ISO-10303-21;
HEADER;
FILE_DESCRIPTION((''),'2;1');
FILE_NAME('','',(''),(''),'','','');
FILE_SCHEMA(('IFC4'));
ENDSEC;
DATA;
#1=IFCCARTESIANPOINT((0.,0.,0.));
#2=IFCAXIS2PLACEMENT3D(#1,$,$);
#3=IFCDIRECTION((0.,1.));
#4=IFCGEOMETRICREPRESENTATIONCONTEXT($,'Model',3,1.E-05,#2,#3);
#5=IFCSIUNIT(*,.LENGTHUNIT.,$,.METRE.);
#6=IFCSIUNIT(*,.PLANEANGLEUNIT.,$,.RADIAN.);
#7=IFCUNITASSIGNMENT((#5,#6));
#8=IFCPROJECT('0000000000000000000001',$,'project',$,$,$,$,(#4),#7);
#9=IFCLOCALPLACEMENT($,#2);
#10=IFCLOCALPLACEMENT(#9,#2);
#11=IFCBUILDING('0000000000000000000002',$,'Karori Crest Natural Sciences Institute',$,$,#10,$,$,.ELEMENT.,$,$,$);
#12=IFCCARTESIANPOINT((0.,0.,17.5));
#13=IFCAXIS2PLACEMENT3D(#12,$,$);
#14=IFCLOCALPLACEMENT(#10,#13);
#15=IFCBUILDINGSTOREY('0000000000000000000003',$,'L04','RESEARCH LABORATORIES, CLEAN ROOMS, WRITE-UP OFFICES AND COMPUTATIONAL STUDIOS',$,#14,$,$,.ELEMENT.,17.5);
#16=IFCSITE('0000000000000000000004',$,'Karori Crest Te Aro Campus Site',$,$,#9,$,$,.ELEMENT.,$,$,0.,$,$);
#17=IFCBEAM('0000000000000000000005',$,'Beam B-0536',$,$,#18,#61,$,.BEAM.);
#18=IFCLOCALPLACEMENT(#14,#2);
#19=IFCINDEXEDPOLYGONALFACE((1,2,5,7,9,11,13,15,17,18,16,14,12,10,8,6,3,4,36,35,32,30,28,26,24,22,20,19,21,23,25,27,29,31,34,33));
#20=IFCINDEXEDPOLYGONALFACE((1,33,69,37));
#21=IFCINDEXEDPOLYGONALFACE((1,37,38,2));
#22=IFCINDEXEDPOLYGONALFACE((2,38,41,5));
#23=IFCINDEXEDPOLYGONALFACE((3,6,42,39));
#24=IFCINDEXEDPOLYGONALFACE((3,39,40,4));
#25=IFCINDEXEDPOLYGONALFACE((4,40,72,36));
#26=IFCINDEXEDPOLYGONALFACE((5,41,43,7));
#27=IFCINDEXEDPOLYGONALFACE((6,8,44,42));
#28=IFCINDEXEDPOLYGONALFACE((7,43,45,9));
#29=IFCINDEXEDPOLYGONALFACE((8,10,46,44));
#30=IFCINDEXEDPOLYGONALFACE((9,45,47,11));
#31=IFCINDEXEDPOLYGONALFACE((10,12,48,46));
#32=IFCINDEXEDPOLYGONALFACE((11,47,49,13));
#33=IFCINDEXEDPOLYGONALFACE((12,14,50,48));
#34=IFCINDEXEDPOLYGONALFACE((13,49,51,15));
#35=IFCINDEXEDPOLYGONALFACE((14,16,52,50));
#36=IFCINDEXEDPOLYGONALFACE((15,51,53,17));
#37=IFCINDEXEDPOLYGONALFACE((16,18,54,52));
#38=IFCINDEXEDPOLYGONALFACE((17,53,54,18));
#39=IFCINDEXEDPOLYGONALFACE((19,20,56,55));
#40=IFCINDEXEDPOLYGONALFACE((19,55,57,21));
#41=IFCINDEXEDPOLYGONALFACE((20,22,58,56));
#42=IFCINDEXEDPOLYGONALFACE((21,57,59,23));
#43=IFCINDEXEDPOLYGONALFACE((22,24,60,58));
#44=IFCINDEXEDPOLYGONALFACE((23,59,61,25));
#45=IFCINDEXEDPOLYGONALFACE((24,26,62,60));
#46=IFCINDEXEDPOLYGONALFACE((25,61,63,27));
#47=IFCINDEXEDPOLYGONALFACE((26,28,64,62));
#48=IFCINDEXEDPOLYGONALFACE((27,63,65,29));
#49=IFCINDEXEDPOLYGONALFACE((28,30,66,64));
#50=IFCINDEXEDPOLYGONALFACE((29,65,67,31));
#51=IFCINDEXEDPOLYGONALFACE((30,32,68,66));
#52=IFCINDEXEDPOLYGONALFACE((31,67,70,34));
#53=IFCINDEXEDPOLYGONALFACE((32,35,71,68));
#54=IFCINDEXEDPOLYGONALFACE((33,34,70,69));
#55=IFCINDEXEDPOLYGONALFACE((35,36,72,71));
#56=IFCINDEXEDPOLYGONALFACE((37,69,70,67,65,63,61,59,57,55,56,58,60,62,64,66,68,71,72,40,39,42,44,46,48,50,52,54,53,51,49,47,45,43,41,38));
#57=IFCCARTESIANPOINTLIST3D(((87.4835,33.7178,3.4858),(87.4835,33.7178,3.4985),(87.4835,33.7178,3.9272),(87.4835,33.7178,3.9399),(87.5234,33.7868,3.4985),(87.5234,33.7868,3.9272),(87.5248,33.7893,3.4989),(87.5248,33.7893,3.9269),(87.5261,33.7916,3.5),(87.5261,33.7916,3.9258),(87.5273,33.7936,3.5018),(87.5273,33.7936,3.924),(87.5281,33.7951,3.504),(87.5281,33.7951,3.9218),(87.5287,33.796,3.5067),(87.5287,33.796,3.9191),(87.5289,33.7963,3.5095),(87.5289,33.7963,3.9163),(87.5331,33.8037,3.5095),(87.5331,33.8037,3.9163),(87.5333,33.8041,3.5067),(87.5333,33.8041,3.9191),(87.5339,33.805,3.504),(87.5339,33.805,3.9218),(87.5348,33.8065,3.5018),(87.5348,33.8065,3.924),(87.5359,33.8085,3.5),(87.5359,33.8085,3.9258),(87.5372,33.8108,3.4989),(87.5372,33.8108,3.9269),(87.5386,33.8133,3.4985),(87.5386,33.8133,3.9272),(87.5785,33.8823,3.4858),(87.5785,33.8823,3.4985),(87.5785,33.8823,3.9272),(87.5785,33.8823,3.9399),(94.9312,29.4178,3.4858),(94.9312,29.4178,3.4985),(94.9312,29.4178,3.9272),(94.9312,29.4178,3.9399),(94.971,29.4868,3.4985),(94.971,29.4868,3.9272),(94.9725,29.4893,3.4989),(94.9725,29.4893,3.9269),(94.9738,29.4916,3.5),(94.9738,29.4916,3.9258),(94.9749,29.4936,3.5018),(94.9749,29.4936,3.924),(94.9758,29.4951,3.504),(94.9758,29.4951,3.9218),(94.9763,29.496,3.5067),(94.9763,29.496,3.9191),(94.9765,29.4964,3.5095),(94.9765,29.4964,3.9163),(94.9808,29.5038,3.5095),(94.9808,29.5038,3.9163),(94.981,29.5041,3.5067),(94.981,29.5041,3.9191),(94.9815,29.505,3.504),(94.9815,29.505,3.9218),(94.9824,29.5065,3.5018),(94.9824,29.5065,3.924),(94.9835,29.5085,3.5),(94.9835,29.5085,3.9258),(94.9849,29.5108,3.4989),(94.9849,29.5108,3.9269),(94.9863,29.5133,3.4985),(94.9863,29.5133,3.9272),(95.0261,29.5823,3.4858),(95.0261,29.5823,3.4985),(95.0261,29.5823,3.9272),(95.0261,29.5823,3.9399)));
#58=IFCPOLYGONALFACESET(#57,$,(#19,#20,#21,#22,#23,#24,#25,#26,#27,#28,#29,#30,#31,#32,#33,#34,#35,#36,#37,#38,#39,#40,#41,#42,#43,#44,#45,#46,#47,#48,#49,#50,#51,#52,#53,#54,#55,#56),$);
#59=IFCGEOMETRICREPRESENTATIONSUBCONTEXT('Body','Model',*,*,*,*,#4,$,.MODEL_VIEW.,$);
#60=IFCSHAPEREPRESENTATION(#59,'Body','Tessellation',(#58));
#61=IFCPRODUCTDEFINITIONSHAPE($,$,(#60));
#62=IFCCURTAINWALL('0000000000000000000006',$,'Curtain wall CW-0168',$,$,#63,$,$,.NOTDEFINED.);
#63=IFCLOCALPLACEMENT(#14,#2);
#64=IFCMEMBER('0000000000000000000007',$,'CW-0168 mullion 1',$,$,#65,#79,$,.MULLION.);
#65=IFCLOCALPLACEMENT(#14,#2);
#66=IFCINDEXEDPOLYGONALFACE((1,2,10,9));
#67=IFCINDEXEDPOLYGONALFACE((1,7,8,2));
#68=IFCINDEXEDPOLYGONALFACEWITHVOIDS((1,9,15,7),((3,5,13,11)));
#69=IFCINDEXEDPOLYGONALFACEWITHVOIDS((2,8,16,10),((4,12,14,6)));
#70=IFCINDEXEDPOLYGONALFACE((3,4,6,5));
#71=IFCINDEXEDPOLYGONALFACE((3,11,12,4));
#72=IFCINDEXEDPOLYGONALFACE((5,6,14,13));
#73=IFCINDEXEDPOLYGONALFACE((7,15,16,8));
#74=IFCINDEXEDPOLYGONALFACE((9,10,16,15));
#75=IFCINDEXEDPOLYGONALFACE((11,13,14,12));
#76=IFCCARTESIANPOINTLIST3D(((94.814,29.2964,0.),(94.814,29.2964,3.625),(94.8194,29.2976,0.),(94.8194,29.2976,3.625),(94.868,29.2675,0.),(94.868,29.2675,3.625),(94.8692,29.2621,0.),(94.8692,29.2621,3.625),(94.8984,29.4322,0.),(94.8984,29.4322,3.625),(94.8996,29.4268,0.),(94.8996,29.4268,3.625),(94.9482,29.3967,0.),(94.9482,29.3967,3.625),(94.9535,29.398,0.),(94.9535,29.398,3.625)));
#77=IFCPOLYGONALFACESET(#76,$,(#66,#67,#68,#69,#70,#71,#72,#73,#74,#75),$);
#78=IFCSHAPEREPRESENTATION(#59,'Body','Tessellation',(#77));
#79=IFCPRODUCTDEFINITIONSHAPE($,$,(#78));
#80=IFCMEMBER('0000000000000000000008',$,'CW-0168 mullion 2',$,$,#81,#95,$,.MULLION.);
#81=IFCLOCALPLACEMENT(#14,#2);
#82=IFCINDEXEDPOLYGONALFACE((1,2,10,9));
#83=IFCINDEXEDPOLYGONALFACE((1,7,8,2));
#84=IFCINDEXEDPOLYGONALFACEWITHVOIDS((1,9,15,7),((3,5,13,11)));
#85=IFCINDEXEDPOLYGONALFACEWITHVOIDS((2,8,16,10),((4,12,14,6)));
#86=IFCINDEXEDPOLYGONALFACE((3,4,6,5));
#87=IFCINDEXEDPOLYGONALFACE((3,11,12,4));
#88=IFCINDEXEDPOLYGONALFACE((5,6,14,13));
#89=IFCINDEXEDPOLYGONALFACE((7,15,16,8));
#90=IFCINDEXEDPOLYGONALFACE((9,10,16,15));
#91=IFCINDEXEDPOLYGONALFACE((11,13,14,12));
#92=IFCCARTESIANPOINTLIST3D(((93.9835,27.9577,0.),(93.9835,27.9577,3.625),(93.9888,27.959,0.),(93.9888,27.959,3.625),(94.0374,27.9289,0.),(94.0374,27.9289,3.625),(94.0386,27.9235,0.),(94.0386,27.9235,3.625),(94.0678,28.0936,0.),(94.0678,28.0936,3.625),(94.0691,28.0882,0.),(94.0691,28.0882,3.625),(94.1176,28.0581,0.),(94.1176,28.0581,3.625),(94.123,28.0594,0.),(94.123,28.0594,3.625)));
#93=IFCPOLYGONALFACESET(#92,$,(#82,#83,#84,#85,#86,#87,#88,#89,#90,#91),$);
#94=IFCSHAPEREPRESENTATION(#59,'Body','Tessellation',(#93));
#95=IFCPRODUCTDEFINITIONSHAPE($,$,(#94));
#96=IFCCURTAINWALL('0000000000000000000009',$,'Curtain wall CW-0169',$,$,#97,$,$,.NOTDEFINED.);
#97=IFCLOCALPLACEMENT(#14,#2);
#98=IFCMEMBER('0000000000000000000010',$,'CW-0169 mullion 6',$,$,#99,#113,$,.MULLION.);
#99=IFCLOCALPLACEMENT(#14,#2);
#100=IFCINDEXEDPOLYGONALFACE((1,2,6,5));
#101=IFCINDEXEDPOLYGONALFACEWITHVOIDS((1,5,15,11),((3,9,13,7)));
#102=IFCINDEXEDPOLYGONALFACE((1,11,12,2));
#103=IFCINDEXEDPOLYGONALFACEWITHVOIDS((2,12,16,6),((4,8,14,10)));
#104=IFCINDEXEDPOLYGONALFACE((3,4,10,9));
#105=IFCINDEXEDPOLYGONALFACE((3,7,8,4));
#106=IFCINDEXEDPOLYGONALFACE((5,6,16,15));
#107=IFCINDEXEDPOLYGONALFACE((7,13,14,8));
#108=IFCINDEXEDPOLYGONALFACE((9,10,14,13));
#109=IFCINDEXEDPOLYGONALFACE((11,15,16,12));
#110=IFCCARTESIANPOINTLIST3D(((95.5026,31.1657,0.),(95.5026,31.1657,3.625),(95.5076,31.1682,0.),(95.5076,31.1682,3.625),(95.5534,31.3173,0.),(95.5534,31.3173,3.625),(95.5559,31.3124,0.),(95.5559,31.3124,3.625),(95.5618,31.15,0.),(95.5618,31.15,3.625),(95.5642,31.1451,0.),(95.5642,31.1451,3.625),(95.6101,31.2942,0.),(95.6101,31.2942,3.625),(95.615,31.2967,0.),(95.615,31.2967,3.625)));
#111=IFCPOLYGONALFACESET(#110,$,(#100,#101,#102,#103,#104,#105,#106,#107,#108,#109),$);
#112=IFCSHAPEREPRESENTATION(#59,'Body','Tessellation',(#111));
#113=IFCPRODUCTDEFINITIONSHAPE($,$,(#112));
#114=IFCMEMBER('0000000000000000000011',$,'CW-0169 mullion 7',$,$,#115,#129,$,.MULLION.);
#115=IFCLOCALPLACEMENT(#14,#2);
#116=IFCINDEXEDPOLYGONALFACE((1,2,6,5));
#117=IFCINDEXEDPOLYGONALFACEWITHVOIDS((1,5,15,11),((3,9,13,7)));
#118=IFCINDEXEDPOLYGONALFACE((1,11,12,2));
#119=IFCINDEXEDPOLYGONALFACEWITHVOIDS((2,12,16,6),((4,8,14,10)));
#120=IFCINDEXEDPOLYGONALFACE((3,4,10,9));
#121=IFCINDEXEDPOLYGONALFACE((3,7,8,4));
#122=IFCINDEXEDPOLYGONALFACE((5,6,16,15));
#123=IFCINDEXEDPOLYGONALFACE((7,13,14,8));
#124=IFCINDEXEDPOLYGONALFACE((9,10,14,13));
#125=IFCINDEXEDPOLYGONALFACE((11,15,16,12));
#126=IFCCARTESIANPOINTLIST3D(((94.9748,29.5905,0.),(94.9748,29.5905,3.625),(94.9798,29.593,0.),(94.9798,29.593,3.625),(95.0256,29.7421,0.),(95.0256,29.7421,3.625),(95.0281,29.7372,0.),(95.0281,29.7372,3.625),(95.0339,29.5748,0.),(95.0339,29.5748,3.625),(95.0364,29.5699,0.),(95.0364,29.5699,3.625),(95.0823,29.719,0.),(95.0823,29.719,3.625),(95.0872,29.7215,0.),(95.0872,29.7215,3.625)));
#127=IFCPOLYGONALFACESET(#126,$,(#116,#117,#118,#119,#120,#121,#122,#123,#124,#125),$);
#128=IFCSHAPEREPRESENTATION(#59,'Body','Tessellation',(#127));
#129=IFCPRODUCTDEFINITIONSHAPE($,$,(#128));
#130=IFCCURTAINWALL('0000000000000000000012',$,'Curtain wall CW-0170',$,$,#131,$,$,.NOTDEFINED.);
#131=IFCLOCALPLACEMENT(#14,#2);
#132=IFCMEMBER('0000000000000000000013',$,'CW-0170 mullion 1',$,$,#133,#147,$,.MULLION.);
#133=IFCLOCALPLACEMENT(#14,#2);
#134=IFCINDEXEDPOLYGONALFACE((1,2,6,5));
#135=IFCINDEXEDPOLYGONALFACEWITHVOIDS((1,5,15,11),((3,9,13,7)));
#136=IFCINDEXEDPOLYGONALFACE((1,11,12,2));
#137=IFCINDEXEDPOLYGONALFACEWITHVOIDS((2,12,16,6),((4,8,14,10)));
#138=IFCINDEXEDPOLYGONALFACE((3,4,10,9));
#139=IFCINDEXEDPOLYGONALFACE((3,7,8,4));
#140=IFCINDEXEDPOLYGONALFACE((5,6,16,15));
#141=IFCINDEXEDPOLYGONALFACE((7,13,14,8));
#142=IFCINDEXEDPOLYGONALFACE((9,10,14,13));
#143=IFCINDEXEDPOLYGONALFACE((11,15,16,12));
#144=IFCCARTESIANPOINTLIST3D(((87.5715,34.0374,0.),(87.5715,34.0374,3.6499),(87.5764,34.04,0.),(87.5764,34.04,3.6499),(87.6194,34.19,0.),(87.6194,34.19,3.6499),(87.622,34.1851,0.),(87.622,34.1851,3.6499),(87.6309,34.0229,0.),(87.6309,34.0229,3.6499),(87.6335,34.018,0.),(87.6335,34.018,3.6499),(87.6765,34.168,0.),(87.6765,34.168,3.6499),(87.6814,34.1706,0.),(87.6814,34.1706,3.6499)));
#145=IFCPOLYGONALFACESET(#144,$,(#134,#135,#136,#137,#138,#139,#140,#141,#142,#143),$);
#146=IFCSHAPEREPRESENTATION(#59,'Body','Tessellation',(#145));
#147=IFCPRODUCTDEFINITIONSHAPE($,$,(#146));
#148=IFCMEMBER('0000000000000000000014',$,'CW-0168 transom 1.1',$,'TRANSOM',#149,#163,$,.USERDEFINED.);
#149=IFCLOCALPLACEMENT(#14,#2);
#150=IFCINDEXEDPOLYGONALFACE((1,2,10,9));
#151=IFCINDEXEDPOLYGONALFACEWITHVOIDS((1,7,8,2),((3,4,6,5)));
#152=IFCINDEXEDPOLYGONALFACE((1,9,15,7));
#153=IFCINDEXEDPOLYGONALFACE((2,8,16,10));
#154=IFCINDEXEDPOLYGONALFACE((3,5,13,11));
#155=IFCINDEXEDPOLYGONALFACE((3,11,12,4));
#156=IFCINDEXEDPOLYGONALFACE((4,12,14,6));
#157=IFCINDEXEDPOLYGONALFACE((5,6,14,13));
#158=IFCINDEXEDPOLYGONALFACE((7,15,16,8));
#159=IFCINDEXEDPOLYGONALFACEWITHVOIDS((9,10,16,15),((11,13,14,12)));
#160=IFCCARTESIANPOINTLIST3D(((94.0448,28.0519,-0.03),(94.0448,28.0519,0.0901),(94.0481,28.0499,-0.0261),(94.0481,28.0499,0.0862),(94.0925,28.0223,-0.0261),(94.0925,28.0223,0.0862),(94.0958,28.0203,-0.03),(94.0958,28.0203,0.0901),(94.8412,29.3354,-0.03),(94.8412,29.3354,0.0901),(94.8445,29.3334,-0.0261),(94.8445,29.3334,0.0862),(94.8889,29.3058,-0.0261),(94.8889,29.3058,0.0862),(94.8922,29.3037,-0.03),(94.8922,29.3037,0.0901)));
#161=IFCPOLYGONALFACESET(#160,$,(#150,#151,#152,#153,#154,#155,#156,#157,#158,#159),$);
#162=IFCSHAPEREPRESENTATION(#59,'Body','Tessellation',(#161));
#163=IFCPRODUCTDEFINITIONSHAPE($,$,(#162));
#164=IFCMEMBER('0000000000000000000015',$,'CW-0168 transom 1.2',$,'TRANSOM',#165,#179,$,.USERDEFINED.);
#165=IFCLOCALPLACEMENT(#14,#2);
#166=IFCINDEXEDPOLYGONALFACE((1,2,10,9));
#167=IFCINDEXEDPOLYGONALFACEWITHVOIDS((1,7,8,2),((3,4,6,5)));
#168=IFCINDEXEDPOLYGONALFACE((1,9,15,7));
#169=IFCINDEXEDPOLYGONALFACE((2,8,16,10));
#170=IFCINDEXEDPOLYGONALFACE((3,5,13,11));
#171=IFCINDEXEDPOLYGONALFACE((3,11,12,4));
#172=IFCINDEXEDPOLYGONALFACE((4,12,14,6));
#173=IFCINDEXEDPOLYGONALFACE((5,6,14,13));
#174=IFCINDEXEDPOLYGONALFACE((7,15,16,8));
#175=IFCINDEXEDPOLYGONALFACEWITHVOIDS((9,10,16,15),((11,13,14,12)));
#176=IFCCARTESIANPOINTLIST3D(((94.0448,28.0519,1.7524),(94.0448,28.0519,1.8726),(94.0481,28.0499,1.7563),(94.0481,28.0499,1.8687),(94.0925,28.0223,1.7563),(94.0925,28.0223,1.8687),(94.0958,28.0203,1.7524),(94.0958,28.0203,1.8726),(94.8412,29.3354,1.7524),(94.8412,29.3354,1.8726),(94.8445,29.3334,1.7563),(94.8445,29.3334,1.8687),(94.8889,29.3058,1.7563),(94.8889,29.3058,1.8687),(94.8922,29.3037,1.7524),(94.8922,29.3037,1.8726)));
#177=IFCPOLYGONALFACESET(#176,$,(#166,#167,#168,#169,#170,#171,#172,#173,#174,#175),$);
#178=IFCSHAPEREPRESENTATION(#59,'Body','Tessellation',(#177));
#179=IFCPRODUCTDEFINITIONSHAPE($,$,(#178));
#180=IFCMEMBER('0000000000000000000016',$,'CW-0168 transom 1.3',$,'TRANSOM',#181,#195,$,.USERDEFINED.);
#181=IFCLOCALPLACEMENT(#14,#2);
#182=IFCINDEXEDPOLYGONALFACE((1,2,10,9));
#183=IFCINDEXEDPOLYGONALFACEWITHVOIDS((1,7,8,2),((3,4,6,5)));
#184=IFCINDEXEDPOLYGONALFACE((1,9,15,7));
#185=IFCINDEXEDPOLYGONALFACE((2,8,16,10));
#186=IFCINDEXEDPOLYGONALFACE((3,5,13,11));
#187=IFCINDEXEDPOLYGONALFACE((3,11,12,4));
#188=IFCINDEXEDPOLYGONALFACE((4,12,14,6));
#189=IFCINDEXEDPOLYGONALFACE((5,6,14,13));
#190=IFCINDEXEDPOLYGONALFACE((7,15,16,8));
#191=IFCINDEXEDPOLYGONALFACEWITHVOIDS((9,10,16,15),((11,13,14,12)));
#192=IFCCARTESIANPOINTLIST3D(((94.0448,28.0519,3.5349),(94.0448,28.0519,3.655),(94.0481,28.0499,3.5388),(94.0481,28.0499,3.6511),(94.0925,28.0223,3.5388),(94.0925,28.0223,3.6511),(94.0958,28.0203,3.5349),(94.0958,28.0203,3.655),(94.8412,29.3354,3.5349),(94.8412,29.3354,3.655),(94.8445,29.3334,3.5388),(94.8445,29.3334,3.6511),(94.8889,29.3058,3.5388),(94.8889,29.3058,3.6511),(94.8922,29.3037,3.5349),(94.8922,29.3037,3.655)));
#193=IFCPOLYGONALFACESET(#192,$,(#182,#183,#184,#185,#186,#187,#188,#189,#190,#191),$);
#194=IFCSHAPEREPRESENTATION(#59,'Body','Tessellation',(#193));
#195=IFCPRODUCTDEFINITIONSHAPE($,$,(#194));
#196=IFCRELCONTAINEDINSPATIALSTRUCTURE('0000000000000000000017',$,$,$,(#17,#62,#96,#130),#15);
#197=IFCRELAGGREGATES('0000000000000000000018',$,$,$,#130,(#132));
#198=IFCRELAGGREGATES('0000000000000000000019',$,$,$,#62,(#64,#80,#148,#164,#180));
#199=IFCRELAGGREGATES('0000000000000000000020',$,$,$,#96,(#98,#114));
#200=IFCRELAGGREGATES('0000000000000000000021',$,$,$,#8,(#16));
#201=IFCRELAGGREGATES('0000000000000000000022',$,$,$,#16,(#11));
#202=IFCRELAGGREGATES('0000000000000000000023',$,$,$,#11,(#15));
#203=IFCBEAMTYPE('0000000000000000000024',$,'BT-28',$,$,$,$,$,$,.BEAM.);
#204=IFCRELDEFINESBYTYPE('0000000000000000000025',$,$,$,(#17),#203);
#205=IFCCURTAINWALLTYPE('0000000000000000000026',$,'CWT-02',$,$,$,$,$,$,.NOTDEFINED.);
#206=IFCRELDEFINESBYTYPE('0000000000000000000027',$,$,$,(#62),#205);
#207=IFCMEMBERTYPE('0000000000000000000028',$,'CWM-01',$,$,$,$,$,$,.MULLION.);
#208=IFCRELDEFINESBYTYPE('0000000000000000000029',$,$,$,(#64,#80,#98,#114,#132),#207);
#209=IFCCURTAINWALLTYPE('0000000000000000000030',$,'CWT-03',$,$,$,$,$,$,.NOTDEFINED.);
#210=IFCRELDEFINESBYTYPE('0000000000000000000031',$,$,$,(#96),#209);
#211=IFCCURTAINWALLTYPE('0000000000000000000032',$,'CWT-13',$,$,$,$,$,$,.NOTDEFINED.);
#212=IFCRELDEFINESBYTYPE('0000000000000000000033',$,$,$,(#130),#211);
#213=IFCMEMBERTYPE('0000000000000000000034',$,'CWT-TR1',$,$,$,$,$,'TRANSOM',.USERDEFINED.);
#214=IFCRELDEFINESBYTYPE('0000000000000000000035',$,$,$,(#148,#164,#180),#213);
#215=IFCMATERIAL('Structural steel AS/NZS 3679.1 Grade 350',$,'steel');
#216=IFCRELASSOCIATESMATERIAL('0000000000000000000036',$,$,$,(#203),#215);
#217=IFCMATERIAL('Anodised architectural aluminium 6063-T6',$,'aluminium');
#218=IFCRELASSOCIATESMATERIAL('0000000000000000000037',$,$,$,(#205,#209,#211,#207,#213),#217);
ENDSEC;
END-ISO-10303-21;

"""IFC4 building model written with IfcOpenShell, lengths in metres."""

from ifc_helpers import new_model, si_unit, direction, frame, origin, origin_2d, place, context, subcontext, project, spatial, hollow_rectangle, i_section, extrude, material, material_profile, profile_set, type_object, element, aggregate, save


model = new_model("IFC4")

# Units and contexts
model_context = context("Model", 3, precision=1e-05, world=origin(), true_north=direction((0.0, 1.0)))
body_context = subcontext(model_context, "Body", "Model", "MODEL_VIEW")
ifc_project = project(units=[si_unit("LENGTHUNIT", "METRE"), si_unit("PLANEANGLEUNIT", "RADIAN")], contexts=[model_context])

# Site, building, storey
site_placement = place(None, origin())
site = spatial("IfcSite", under=ifc_project, at=site_placement, Name="Karori Crest Te Aro Campus Site", CompositionType="ELEMENT", RefElevation=0.0)
building_placement = place(site_placement, origin())
building = spatial("IfcBuilding", under=site, at=building_placement, Name="Karori Crest Natural Sciences Institute", CompositionType="ELEMENT")
storey_placement = place(building_placement, frame((0.0, 0.0, 17.5)))
storey = spatial("IfcBuildingStorey", under=building, at=storey_placement, Name="L04", Description="RESEARCH LABORATORIES, CLEAN ROOMS, WRITE-UP OFFICES AND COMPUTATIONAL STUDIOS", CompositionType="ELEMENT", Elevation=17.5)

# Shared definitions
ifc_material_1 = material(Name="Structural steel AS/NZS 3679.1 Grade 350", Category="steel")

# Beam
ifc_material_profile_1 = material_profile(ifc_material_1, i_section(OverallWidth=0.1899, OverallDepth=0.4541, WebThickness=0.0085, FlangeThickness=0.0127, FilletRadius=0.011, at=origin_2d()), Name="460UB67.1")
ifc_profile_set_1 = profile_set([ifc_material_profile_1], Name="Structural steel AS/NZS 3679.1 Grade 350")
beam_type_1 = type_object("IfcBeamType", Name="BT-28", PredefinedType="BEAM", material=ifc_profile_set_1)
beam_1_placement = place(storey_placement, frame((87.531, 33.8, 3.7129), z_axis=(0.866021, -0.500008, 0.0), x_axis=(0.500008, 0.866021, 0.0)))
element("IfcBeam", 1, at=beam_1_placement, inside=storey, type_object=beam_type_1, Name="Beam B-0536", PredefinedType="BEAM", context=body_context, shape_type="SweptSolid", body=[
    extrude(i_section(OverallWidth=0.1899, OverallDepth=0.4541, WebThickness=0.0085, FlangeThickness=0.0127, FilletRadius=0.011, at=origin_2d()), origin(), (0.0, 0.0, 1.0), 8.5999),
])

# Curtain walls, members
ifc_material_2 = material(Name="Anodised architectural aluminium 6063-T6", Category="aluminium")
curtain_wall_type_1 = type_object("IfcCurtainWallType", Name="CWT-02", PredefinedType="NOTDEFINED", material=ifc_material_2)
curtain_wall_1_placement = place(storey_placement, origin())
curtain_wall_1 = element("IfcCurtainWall", 2, at=curtain_wall_1_placement, inside=storey, type_object=curtain_wall_type_1, Name="Curtain wall CW-0168", PredefinedType="NOTDEFINED")
ifc_material_profile_2 = material_profile(ifc_material_2, hollow_rectangle(XDim=0.0649, YDim=0.1599, WallThickness=0.0039, at=origin_2d()), Name="CWM160x65x4")
ifc_profile_set_2 = profile_set([ifc_material_profile_2], Name="Anodised architectural aluminium 6063-T6")
member_type_1 = type_object("IfcMemberType", Name="CWM-01", PredefinedType="MULLION", material=ifc_profile_set_2)
member_1_placement = place(storey_placement, frame((94.8838, 29.3472, 0.0), z_axis=(0.0, 0.0, 1.0), x_axis=(0.849664, -0.527324, 0.0)))
member_1 = element("IfcMember", 3, at=member_1_placement, type_object=member_type_1, Name="CW-0168 mullion 1", PredefinedType="MULLION", context=body_context, shape_type="SweptSolid", body=[
    extrude(hollow_rectangle(XDim=0.0649, YDim=0.1599, WallThickness=0.0039, at=origin_2d()), origin(), (0.0, 0.0, 1.0), 3.625),
])
member_2_placement = place(storey_placement, frame((94.0532, 28.0085, 0.0), z_axis=(0.0, 0.0, 1.0), x_axis=(0.849664, -0.527324, 0.0)))
member_2 = element("IfcMember", 4, at=member_2_placement, type_object=member_type_1, Name="CW-0168 mullion 2", PredefinedType="MULLION", context=body_context, shape_type="SweptSolid", body=[
    extrude(hollow_rectangle(XDim=0.0649, YDim=0.1599, WallThickness=0.0039, at=origin_2d()), origin(), (0.0, 0.0, 1.0), 3.625),
])
curtain_wall_type_2 = type_object("IfcCurtainWallType", Name="CWT-03", PredefinedType="NOTDEFINED", material=ifc_material_2)
curtain_wall_2_placement = place(storey_placement, origin())
curtain_wall_2 = element("IfcCurtainWall", 5, at=curtain_wall_2_placement, inside=storey, type_object=curtain_wall_type_2, Name="Curtain wall CW-0169", PredefinedType="NOTDEFINED")
member_3_placement = place(storey_placement, frame((95.5588, 31.2312, 0.0), z_axis=(0.0, 0.0, 1.0), x_axis=(0.948198, -0.31768, 0.0)))
member_3 = element("IfcMember", 6, at=member_3_placement, type_object=member_type_1, Name="CW-0169 mullion 6", PredefinedType="MULLION", context=body_context, shape_type="SweptSolid", body=[
    extrude(hollow_rectangle(XDim=0.0649, YDim=0.1599, WallThickness=0.0039, at=origin_2d()), origin(), (0.0, 0.0, 1.0), 3.625),
])
member_4_placement = place(storey_placement, frame((95.031, 29.656, 0.0), z_axis=(0.0, 0.0, 1.0), x_axis=(0.948198, -0.31768, 0.0)))
member_4 = element("IfcMember", 7, at=member_4_placement, type_object=member_type_1, Name="CW-0169 mullion 7", PredefinedType="MULLION", context=body_context, shape_type="SweptSolid", body=[
    extrude(hollow_rectangle(XDim=0.0649, YDim=0.1599, WallThickness=0.0039, at=origin_2d()), origin(), (0.0, 0.0, 1.0), 3.625),
])

# Curtain wall, member
curtain_wall_type_3 = type_object("IfcCurtainWallType", Name="CWT-13", PredefinedType="NOTDEFINED", material=ifc_material_2)
curtain_wall_3_placement = place(storey_placement, origin())
curtain_wall_3 = element("IfcCurtainWall", 8, at=curtain_wall_3_placement, inside=storey, type_object=curtain_wall_type_3, Name="Curtain wall CW-0170", PredefinedType="NOTDEFINED")
member_5_placement = place(storey_placement, frame((87.6265, 34.104, 0.0), z_axis=(0.0, 0.0, 1.0), x_axis=(-0.954104, 0.299475, 0.0)))
member_5 = element("IfcMember", 9, at=member_5_placement, type_object=member_type_1, Name="CW-0170 mullion 1", PredefinedType="MULLION", context=body_context, shape_type="SweptSolid", body=[
    extrude(hollow_rectangle(XDim=0.0649, YDim=0.1599, WallThickness=0.0039, at=origin_2d()), origin(), (0.0, 0.0, 1.0), 3.6499),
])

# Members
ifc_material_profile_3 = material_profile(ifc_material_2, hollow_rectangle(XDim=0.0601, YDim=0.1201, WallThickness=0.0039, at=origin_2d()), Name="CWT120x60x4")
ifc_profile_set_3 = profile_set([ifc_material_profile_3], Name="Anodised architectural aluminium 6063-T6")
member_type_2 = type_object("IfcMemberType", Name="CWT-TR1", ElementType="TRANSOM", PredefinedType="USERDEFINED", material=ifc_profile_set_3)
member_6_placement = place(storey_placement, frame((94.8667, 29.3196, 0.03), z_axis=(-0.52725, -0.84971, 0.0), x_axis=(0.84971, -0.52725, 0.0)))
member_6 = element("IfcMember", 10, at=member_6_placement, type_object=member_type_2, Name="CW-0168 transom 1.1", ObjectType="TRANSOM", PredefinedType="USERDEFINED", context=body_context, shape_type="SweptSolid", body=[
    extrude(hollow_rectangle(XDim=0.0601, YDim=0.1201, WallThickness=0.0039, at=origin_2d()), origin(), (0.0, 0.0, 1.0), 1.5105),
])
member_7_placement = place(storey_placement, frame((94.8667, 29.3196, 1.8125), z_axis=(-0.52725, -0.84971, 0.0), x_axis=(0.84971, -0.52725, 0.0)))
member_7 = element("IfcMember", 11, at=member_7_placement, type_object=member_type_2, Name="CW-0168 transom 1.2", ObjectType="TRANSOM", PredefinedType="USERDEFINED", context=body_context, shape_type="SweptSolid", body=[
    extrude(hollow_rectangle(XDim=0.0601, YDim=0.1201, WallThickness=0.0039, at=origin_2d()), origin(), (0.0, 0.0, 1.0), 1.5105),
])
member_8_placement = place(storey_placement, frame((94.8667, 29.3196, 3.595), z_axis=(-0.52725, -0.84971, 0.0), x_axis=(0.84971, -0.52725, 0.0)))
member_8 = element("IfcMember", 12, at=member_8_placement, type_object=member_type_2, Name="CW-0168 transom 1.3", ObjectType="TRANSOM", PredefinedType="USERDEFINED", context=body_context, shape_type="SweptSolid", body=[
    extrude(hollow_rectangle(XDim=0.0601, YDim=0.1201, WallThickness=0.0039, at=origin_2d()), origin(), (0.0, 0.0, 1.0), 1.5105),
])
aggregate(curtain_wall_3, [member_5])

aggregate(curtain_wall_1, [member_1, member_2, member_6, member_7, member_8])
aggregate(curtain_wall_2, [member_3, member_4])

save(model, "model.ifc")
